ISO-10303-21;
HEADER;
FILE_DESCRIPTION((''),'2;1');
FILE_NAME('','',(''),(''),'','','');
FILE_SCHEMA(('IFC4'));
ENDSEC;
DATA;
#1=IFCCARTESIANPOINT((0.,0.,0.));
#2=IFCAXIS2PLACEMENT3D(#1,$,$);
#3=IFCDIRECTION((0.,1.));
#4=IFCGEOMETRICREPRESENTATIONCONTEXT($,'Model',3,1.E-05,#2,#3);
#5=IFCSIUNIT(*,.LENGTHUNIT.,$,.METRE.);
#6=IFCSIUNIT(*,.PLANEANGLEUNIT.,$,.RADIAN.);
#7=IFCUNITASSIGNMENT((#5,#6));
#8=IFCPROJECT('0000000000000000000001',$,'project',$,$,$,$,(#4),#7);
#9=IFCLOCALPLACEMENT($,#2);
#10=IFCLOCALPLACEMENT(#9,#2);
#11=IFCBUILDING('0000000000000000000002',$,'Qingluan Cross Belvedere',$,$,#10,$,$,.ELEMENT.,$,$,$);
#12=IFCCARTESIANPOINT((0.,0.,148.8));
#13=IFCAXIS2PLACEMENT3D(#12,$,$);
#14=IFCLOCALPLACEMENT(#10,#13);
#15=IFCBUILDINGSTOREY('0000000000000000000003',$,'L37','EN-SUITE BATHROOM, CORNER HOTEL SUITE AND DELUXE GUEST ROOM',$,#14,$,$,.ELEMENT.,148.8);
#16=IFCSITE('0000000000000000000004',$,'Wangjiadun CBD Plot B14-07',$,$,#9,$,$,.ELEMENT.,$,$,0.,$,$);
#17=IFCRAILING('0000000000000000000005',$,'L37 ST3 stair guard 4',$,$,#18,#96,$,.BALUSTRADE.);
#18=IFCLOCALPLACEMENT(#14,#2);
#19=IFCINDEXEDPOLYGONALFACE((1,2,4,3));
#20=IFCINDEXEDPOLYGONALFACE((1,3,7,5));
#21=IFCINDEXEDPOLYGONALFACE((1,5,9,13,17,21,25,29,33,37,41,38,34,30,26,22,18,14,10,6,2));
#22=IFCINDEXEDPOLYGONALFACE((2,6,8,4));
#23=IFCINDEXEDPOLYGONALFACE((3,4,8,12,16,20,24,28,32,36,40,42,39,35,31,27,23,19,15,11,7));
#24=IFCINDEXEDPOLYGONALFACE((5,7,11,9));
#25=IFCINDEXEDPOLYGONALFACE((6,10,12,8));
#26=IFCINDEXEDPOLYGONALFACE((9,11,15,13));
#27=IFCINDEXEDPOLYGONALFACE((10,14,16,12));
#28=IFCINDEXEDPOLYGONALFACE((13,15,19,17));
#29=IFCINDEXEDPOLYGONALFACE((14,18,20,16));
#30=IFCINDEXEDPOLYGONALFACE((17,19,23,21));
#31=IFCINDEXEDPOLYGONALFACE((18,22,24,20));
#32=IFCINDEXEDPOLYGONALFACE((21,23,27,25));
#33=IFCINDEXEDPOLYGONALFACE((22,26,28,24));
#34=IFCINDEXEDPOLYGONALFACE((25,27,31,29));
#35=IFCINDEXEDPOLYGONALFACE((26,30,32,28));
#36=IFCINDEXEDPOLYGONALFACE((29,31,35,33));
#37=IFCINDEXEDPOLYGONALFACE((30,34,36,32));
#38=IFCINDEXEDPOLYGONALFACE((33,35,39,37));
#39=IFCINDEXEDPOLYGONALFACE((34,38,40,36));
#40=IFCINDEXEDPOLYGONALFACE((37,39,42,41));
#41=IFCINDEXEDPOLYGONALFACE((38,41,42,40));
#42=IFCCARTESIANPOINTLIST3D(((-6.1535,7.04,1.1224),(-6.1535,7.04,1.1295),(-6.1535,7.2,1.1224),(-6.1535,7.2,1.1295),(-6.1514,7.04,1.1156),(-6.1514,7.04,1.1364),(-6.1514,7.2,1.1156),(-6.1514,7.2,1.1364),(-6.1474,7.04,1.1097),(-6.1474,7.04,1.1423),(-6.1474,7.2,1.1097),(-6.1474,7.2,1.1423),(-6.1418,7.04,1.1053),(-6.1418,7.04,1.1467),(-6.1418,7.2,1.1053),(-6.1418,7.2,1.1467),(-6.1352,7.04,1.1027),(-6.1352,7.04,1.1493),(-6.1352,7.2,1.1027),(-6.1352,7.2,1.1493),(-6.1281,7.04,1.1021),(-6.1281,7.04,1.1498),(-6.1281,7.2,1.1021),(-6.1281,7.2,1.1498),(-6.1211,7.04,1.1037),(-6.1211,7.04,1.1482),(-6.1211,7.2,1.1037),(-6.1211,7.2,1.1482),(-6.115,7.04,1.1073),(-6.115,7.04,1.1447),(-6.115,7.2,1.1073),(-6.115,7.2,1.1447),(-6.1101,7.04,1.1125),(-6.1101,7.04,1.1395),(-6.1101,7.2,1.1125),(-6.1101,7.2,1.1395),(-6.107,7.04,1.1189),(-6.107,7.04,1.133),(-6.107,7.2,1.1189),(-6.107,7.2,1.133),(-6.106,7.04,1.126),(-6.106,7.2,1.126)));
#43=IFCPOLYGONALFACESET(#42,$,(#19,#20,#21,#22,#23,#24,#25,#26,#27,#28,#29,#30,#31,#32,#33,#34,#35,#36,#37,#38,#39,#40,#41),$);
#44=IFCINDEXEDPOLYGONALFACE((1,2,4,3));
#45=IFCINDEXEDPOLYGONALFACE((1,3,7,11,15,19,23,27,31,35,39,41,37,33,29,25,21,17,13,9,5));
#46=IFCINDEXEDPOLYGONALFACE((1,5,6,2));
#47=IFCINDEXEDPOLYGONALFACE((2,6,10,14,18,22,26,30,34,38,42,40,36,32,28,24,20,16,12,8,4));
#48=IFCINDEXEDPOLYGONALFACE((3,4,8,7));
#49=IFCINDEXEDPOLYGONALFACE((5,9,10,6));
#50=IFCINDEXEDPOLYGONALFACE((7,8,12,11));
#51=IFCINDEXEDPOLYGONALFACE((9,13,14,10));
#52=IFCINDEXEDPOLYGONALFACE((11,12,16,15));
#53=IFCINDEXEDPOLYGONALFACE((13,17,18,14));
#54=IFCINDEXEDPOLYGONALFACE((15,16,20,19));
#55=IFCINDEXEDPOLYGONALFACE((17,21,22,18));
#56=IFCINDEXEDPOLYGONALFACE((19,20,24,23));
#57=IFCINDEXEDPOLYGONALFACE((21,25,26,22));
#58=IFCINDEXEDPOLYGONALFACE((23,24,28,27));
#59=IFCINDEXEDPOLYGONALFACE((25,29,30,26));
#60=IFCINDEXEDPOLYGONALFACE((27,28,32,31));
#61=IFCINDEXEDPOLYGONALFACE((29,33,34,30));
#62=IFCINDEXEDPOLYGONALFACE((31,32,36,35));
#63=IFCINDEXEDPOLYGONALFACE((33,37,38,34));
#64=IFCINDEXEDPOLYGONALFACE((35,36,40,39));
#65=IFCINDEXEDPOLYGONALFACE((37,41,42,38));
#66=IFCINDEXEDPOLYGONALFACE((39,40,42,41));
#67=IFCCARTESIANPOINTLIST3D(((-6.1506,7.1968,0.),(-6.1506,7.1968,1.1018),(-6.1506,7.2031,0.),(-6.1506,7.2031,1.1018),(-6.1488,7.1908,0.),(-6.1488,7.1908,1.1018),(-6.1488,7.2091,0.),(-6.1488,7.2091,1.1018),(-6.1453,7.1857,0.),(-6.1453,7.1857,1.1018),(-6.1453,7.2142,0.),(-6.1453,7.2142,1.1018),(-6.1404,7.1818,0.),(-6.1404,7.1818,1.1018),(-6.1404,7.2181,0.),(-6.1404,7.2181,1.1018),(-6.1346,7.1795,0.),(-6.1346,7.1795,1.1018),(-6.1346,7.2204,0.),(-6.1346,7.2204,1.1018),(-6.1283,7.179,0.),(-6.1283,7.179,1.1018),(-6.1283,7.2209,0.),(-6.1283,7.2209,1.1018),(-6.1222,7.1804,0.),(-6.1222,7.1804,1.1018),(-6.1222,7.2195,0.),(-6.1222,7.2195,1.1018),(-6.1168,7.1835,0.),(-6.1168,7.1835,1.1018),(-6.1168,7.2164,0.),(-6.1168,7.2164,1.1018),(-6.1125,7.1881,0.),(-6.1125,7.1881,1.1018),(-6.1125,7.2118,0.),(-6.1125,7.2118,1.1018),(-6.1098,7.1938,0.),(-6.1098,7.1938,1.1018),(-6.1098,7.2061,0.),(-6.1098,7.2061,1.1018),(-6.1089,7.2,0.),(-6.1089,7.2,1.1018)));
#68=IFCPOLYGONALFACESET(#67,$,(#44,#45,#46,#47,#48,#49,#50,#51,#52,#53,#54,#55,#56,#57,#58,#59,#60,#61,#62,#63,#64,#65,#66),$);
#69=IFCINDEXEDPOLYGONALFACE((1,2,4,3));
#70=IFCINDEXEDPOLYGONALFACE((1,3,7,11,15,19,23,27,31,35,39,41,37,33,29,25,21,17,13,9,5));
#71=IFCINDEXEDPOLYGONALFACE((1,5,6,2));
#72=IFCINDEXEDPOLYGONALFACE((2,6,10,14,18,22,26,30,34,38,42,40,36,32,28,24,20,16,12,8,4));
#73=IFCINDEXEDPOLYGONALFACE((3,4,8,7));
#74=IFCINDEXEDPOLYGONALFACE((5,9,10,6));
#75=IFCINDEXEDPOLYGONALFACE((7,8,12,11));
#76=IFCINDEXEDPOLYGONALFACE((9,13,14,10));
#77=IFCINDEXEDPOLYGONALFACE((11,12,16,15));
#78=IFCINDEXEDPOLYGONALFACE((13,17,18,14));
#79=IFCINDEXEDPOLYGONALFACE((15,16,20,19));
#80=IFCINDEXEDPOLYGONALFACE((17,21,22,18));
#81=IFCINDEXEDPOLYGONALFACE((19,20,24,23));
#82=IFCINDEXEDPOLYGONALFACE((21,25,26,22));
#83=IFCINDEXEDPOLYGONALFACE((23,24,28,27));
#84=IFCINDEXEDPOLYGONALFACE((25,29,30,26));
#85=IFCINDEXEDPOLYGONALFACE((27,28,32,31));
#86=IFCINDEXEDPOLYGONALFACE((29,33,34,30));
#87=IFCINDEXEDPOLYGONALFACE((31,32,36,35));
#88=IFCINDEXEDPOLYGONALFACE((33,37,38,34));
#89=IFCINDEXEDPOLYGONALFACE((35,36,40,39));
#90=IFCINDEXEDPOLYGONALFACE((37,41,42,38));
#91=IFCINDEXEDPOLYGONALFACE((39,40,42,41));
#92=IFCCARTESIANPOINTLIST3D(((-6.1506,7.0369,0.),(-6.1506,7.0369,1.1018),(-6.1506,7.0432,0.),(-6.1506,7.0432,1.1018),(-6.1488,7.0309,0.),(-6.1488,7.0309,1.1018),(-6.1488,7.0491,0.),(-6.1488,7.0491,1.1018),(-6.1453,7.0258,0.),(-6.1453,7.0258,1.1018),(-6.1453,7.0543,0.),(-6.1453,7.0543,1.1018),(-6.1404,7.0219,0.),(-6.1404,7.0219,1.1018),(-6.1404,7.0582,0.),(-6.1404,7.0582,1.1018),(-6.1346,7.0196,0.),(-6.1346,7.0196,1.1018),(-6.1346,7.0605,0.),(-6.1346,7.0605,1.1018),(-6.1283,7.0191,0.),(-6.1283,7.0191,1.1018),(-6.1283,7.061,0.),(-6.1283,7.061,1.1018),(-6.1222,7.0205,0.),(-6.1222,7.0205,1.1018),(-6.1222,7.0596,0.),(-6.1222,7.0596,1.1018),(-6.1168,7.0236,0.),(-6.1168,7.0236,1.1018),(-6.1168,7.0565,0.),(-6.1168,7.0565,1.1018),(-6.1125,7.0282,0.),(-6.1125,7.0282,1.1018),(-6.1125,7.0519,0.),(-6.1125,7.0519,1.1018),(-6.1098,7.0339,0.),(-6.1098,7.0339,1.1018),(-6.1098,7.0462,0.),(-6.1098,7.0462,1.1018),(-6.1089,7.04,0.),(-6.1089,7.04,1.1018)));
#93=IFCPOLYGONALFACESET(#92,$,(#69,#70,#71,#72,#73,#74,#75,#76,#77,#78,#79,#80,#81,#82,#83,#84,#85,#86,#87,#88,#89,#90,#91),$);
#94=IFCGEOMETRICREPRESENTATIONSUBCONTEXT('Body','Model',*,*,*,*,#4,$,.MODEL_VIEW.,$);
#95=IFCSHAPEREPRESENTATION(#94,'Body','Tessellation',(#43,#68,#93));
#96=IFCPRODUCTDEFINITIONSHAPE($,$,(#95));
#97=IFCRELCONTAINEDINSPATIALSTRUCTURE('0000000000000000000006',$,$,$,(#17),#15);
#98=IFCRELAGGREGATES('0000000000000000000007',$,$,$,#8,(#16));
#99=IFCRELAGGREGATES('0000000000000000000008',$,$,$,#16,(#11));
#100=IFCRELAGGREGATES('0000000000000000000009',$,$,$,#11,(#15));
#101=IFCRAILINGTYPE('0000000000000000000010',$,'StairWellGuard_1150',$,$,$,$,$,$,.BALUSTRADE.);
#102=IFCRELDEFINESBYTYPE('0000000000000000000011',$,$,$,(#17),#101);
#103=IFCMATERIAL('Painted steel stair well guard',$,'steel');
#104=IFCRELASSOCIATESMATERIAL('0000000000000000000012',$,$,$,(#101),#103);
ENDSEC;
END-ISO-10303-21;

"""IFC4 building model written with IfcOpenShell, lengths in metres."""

from ifc_helpers import new_model, si_unit, direction, frame, origin, origin_2d, place, context, subcontext, project, spatial, circle, extrude, material, type_object, element, save


model = new_model("IFC4")

# Units and contexts
model_context = context("Model", 3, precision=1e-05, world=origin(), true_north=direction((0.0, 1.0)))
body_context = subcontext(model_context, "Body", "Model", "MODEL_VIEW")
ifc_project = project(units=[si_unit("LENGTHUNIT", "METRE"), si_unit("PLANEANGLEUNIT", "RADIAN")], contexts=[model_context])

# Site, building, storey
site_placement = place(None, origin())
site = spatial("IfcSite", under=ifc_project, at=site_placement, Name="Wangjiadun CBD Plot B14-07", CompositionType="ELEMENT", RefElevation=0.0)
building_placement = place(site_placement, origin())
building = spatial("IfcBuilding", under=site, at=building_placement, Name="Qingluan Cross Belvedere", CompositionType="ELEMENT")
storey_placement = place(building_placement, frame((0.0, 0.0, 148.8)))
storey = spatial("IfcBuildingStorey", under=building, at=storey_placement, Name="L37", Description="EN-SUITE BATHROOM, CORNER HOTEL SUITE AND DELUXE GUEST ROOM", CompositionType="ELEMENT", Elevation=148.8)

# Railing
ifc_material_1 = material(Name="Painted steel stair well guard", Category="steel")
railing_type_1 = type_object("IfcRailingType", Name="StairWellGuard_1150", PredefinedType="BALUSTRADE", material=ifc_material_1)
railing_1_placement = place(storey_placement, frame((-6.1299, 7.2, 0.0)))
element("IfcRailing", 1, at=railing_1_placement, inside=storey, type_object=railing_type_1, Name="L37 ST3 stair guard 4", PredefinedType="BALUSTRADE", context=body_context, shape_type="SweptSolid", body=[
    extrude(circle(Radius=0.0239, at=origin_2d()), frame((0.0, 0.0, 1.126), z_axis=(0.0, -1.0, 0.0), x_axis=(1.0, 0.0, 0.0)), (0.0, 0.0, 1.0), 0.1599),
    extrude(circle(Radius=0.021, at=origin_2d()), origin(), (0.0, 0.0, 1.0), 1.1018),
    extrude(circle(Radius=0.021, at=origin_2d()), frame((0.0, -0.1599, 0.0)), (0.0, 0.0, 1.0), 1.1018),
])

save(model, "model.ifc")
